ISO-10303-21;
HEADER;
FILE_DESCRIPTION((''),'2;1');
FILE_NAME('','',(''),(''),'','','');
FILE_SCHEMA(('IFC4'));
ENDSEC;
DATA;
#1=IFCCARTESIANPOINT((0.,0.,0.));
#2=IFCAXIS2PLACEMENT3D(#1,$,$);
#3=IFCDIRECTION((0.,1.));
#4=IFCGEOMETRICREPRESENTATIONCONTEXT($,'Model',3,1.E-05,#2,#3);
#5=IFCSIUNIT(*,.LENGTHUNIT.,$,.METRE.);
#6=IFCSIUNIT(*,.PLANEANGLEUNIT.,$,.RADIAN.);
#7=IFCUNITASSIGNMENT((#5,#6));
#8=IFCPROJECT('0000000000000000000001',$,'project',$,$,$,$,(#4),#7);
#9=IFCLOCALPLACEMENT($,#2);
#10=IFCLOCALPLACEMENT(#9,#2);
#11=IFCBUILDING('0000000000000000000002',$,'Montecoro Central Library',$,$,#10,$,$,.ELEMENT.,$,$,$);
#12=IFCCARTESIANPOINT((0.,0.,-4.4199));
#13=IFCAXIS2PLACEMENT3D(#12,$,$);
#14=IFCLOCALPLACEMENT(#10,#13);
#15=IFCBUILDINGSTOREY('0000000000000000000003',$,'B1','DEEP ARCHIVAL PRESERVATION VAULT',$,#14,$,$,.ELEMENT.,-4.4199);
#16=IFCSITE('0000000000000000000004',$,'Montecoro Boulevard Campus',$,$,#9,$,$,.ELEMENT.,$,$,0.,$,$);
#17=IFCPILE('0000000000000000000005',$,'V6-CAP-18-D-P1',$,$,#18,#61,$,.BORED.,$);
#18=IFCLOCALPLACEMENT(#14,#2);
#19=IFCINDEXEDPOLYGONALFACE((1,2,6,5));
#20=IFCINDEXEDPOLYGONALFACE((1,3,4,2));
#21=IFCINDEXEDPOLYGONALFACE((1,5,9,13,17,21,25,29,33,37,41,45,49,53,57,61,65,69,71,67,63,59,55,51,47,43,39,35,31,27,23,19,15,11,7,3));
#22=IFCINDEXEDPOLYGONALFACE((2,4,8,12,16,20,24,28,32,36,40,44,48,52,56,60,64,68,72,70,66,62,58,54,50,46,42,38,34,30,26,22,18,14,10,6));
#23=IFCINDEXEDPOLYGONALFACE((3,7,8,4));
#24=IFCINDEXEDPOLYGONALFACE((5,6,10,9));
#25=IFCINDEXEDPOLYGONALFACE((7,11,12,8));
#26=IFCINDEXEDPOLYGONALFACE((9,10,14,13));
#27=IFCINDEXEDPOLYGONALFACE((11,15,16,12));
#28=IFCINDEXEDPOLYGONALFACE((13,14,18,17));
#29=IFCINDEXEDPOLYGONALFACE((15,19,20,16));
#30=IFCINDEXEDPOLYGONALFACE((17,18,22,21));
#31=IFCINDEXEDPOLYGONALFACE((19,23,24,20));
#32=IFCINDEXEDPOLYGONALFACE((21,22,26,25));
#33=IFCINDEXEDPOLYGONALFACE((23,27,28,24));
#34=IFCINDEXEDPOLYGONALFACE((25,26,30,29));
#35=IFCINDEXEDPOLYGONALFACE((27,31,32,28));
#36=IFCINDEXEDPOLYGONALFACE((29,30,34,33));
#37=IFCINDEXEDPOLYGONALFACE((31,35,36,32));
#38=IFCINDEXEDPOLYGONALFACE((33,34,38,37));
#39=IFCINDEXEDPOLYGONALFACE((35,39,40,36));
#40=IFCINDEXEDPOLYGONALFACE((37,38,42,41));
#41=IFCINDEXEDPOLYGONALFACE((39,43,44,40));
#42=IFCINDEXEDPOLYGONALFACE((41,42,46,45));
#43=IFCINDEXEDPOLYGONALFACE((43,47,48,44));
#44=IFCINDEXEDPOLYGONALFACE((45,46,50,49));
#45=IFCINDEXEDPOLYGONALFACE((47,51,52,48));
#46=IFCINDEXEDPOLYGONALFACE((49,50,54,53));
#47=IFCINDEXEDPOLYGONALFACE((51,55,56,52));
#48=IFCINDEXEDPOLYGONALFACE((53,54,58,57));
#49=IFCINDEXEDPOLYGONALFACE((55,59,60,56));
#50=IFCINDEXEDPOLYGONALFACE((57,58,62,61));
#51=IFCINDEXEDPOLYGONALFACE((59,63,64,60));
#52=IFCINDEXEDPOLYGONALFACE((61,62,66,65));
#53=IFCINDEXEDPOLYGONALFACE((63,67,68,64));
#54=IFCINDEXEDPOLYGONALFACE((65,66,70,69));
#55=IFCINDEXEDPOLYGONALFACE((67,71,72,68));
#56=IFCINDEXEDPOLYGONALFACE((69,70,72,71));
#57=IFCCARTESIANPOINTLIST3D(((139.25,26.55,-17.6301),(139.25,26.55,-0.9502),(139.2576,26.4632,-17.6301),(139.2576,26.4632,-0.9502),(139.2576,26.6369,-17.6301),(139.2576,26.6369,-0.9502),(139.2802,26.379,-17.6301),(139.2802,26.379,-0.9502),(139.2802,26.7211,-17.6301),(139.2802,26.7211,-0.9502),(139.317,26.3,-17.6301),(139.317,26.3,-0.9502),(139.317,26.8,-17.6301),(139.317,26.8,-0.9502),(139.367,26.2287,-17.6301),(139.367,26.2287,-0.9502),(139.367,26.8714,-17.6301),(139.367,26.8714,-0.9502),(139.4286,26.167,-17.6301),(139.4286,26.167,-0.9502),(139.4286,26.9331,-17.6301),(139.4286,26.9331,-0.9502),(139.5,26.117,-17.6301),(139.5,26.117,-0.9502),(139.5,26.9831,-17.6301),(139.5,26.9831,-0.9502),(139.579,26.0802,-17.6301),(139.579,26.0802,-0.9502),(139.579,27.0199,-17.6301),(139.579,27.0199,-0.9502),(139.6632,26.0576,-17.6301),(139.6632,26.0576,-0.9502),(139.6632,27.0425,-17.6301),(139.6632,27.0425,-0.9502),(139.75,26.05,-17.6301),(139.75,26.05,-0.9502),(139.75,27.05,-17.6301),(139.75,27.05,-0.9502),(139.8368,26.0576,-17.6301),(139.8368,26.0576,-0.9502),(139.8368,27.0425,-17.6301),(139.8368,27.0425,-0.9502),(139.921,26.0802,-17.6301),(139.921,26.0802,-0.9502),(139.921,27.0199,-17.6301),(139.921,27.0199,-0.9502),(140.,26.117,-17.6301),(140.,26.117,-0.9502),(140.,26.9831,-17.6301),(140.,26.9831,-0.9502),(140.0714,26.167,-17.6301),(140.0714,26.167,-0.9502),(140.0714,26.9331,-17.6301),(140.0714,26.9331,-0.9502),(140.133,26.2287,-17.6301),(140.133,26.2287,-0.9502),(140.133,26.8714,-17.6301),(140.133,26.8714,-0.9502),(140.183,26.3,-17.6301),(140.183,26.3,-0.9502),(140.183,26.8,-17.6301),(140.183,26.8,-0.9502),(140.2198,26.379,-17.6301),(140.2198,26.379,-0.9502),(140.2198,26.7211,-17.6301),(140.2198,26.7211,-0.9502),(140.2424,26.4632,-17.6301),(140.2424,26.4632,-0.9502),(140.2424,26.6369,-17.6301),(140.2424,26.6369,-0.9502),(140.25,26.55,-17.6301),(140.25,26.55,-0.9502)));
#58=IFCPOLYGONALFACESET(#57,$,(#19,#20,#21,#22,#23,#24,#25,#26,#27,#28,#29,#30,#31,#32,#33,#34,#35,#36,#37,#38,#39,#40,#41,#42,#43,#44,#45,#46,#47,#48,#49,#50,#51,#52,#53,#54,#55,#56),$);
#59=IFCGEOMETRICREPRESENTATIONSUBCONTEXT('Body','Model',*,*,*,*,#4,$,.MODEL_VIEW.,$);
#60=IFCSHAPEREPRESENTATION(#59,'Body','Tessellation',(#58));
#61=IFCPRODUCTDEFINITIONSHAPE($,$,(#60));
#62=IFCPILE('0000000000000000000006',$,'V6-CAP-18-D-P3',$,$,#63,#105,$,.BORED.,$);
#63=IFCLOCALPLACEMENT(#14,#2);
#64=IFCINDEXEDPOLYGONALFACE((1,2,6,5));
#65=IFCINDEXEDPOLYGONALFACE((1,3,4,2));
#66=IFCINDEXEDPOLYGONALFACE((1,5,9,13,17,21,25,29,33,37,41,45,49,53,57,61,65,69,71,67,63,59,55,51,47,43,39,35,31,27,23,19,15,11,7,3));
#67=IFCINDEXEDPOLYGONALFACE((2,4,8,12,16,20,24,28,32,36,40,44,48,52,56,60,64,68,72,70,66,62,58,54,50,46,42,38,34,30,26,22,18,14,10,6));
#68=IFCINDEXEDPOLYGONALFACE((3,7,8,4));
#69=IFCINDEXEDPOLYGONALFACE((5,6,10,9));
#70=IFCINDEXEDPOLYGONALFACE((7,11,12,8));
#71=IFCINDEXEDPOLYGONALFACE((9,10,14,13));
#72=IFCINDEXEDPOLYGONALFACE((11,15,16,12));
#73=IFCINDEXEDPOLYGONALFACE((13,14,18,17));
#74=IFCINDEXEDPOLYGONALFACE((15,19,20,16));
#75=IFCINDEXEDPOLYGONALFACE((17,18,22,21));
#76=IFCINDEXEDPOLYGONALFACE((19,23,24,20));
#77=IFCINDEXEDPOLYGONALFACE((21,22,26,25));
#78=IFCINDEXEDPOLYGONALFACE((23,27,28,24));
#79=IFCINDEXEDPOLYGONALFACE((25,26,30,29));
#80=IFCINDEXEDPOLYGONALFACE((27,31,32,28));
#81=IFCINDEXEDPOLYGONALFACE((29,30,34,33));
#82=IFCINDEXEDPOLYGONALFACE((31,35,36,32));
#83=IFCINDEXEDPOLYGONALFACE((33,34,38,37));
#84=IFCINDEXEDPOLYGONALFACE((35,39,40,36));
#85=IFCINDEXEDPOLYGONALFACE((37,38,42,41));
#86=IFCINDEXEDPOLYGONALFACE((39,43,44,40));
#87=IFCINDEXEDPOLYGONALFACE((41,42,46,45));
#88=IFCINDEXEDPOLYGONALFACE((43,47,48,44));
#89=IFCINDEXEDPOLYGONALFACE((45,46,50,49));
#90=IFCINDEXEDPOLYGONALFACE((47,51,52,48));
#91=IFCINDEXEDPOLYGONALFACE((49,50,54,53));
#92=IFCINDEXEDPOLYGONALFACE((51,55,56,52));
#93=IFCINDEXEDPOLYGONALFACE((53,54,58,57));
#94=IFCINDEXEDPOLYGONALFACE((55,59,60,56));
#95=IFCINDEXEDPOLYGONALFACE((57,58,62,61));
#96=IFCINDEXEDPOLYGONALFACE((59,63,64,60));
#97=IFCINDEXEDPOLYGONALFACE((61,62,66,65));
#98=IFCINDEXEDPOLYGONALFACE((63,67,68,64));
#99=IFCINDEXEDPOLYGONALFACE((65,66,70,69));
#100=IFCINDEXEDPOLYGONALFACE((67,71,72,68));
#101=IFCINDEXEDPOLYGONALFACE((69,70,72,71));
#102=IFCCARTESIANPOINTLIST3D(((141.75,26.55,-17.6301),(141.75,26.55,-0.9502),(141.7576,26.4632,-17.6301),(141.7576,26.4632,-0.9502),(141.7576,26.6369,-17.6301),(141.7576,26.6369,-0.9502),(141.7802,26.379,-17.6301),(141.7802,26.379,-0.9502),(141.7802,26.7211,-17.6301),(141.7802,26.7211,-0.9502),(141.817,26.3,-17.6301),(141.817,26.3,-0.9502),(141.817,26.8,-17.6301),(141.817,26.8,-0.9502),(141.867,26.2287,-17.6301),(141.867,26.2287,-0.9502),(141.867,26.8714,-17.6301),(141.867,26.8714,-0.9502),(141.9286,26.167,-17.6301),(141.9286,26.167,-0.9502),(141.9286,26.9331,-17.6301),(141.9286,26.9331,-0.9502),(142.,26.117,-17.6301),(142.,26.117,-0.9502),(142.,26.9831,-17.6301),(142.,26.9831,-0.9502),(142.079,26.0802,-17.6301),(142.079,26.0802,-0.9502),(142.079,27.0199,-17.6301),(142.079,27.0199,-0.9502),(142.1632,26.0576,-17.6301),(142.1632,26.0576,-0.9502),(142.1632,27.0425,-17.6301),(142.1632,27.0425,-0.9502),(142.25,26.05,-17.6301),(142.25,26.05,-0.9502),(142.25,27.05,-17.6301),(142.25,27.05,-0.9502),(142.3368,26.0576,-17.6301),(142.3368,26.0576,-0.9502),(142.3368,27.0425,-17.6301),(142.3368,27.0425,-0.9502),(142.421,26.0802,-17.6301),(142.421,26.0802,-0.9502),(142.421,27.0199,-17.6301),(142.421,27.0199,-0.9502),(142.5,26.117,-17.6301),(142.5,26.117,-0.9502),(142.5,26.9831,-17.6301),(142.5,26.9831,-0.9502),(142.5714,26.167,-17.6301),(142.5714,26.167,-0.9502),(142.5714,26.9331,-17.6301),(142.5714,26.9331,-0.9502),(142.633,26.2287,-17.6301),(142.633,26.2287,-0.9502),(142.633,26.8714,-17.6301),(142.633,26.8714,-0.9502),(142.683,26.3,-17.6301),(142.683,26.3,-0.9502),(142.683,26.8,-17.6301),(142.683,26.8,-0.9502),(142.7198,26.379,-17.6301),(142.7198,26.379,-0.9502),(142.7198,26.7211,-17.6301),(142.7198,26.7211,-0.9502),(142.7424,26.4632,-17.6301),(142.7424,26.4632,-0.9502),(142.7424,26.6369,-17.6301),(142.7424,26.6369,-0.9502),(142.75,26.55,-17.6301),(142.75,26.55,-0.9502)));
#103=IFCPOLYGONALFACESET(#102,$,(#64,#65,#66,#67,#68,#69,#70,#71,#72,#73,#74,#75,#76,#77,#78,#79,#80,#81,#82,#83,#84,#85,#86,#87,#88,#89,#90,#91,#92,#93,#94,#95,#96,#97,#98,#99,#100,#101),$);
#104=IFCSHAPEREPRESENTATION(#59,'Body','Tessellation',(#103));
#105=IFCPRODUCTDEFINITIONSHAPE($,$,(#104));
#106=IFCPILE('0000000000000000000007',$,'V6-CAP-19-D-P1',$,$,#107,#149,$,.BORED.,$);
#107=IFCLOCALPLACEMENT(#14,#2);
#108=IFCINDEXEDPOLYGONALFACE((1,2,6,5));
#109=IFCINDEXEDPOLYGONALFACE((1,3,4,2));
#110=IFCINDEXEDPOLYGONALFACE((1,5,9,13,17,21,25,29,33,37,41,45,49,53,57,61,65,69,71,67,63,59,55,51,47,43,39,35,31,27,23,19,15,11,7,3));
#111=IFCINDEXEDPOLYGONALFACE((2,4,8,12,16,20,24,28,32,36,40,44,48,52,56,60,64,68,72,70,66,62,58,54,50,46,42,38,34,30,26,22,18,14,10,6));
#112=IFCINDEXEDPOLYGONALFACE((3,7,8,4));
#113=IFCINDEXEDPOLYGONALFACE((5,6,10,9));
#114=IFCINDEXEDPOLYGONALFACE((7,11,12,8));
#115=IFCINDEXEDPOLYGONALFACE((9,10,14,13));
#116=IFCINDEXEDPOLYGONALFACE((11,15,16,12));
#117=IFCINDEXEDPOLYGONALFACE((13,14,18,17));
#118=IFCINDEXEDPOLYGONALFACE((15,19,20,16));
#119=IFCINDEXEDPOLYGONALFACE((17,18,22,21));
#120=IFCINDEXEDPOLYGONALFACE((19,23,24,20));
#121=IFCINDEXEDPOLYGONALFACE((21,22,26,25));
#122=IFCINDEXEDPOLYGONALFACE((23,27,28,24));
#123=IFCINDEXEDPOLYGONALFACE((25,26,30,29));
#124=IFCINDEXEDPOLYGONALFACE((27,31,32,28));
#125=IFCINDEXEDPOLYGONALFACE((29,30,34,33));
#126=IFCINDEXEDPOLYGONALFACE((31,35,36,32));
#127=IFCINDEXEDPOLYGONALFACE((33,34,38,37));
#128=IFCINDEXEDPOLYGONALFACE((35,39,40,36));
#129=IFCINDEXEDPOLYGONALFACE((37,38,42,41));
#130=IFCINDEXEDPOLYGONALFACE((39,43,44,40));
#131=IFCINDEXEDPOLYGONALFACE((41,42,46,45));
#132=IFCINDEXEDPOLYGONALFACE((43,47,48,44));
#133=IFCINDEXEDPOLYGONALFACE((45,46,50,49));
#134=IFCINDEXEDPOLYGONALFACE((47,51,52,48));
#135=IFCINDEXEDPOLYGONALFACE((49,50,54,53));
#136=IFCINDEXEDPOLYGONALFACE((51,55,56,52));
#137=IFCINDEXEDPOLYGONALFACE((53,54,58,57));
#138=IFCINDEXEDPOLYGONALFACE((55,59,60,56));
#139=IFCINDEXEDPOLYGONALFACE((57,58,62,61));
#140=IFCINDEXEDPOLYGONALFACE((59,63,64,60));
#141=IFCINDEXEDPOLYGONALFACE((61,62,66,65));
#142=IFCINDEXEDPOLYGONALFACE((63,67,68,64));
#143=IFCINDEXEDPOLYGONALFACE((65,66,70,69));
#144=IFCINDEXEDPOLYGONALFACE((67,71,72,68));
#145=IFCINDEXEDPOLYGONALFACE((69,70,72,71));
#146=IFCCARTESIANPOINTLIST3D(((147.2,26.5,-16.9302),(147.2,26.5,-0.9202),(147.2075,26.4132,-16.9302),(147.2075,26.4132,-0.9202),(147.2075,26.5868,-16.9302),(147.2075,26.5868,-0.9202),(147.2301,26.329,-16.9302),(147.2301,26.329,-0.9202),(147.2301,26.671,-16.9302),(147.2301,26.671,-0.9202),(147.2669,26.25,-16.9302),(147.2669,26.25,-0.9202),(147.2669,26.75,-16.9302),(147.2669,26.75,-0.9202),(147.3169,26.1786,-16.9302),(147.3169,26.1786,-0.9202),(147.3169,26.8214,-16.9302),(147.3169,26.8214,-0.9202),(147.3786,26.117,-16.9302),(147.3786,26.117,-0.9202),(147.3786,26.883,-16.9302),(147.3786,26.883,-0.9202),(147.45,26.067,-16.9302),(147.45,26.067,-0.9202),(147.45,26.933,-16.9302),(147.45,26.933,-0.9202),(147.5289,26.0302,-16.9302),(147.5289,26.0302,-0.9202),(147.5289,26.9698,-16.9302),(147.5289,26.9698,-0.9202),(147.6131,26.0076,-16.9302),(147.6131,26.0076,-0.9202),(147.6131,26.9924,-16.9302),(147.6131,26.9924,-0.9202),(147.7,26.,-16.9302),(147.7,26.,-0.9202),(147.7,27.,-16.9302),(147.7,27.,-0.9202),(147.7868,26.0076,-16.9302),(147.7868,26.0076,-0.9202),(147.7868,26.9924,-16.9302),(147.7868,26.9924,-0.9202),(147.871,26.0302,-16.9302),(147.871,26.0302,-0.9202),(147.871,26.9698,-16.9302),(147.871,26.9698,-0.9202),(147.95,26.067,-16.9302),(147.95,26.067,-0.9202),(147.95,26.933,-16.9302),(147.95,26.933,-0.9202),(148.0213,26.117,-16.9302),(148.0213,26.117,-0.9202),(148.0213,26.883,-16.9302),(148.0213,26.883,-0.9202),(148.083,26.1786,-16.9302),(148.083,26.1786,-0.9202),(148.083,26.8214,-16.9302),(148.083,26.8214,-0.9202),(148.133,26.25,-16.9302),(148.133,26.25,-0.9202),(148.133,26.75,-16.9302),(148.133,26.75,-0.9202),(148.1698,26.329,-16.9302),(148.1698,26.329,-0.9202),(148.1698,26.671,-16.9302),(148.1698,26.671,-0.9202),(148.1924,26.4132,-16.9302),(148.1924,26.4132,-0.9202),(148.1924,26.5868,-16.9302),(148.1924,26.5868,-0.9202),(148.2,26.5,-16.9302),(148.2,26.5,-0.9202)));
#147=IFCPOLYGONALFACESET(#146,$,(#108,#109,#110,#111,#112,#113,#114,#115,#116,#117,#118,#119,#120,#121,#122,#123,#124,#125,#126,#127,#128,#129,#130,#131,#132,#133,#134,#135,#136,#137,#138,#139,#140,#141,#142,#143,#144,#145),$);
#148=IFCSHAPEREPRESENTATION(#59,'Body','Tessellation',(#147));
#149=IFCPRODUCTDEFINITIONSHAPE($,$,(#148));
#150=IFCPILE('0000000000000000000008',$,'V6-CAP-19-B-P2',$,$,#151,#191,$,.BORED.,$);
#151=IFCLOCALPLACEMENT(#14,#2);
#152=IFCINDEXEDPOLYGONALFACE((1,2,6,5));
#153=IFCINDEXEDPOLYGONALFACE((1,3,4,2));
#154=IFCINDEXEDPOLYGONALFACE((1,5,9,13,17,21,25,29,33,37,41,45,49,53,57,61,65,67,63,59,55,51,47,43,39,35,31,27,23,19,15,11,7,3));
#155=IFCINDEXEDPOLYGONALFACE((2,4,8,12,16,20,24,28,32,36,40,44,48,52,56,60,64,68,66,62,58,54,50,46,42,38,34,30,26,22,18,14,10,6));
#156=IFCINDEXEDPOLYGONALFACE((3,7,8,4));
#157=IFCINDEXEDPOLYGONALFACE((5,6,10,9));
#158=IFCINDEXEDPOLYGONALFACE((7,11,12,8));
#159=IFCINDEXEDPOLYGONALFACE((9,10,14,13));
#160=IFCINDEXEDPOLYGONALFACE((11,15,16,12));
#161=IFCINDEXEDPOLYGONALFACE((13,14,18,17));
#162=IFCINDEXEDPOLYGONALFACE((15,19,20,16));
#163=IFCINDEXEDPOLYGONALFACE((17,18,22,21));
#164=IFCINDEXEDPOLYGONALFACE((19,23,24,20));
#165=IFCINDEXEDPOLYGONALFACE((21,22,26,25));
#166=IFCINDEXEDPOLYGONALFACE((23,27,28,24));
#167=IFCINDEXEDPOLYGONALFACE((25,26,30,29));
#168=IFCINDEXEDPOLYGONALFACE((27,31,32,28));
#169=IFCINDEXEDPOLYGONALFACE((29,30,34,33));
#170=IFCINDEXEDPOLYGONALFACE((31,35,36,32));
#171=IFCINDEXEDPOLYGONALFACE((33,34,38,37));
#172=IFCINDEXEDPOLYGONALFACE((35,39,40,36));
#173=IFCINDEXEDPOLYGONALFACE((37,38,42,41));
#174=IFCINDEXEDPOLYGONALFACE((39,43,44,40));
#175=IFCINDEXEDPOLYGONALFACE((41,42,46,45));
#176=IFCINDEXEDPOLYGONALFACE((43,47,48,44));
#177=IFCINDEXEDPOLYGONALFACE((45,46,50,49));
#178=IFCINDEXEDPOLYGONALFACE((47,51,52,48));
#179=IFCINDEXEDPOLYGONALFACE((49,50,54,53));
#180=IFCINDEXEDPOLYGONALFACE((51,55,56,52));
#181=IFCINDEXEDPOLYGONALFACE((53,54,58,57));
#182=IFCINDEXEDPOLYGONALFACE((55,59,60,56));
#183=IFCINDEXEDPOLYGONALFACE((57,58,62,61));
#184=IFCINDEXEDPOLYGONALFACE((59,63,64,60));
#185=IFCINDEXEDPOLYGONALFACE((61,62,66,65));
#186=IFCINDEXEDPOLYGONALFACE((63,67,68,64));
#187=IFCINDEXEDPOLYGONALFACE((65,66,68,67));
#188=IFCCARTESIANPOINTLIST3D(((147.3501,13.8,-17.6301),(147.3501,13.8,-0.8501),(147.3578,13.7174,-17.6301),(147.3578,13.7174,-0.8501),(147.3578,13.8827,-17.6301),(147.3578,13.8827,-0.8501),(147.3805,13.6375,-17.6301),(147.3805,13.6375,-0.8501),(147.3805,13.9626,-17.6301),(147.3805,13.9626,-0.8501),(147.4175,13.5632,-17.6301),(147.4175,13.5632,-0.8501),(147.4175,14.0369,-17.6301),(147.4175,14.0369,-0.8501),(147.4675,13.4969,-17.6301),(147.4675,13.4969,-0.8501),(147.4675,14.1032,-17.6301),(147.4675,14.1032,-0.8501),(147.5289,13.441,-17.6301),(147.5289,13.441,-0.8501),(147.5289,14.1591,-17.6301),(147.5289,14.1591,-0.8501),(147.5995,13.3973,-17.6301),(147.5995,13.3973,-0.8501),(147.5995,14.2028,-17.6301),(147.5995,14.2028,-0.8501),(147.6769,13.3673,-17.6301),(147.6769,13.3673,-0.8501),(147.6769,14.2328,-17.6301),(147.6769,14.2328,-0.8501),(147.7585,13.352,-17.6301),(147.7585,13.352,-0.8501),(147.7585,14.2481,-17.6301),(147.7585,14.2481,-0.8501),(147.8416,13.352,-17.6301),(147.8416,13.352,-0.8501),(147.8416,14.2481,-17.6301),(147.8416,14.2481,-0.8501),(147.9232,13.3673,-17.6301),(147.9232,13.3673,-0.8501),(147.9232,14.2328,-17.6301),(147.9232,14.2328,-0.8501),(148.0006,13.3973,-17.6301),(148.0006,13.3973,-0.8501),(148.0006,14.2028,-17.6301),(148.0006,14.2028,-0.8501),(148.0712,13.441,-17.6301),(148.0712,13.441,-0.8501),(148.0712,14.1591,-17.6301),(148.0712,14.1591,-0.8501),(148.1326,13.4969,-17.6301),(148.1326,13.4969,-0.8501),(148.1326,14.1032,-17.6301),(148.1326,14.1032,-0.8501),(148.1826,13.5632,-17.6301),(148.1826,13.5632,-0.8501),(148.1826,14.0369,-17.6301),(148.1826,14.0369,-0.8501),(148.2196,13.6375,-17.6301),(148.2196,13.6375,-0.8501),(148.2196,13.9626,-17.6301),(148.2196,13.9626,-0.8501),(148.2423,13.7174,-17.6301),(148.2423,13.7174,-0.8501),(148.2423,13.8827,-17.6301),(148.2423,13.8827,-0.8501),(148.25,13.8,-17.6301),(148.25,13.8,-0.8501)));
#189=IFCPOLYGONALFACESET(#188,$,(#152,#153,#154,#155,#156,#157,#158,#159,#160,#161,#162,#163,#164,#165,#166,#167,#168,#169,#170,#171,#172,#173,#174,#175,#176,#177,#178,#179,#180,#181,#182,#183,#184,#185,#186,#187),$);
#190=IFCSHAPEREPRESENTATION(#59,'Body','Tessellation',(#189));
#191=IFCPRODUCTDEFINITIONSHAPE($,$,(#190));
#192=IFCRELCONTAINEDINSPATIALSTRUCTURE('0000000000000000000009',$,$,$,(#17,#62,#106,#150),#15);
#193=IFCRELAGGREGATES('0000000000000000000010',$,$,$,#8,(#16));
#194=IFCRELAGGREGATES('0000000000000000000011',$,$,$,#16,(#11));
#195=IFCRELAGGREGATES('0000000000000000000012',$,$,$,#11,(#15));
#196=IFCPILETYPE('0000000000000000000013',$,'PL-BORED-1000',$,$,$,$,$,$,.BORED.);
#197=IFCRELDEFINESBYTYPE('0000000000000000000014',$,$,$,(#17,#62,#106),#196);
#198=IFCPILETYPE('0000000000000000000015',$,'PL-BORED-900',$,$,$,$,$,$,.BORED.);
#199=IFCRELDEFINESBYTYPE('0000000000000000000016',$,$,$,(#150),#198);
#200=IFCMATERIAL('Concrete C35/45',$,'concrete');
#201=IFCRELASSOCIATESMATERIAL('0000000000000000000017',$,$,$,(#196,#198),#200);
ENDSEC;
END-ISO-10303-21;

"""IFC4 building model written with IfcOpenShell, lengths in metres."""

from ifc_helpers import new_model, si_unit, direction, frame, origin, origin_2d, place, context, subcontext, project, spatial, circle, extrude, material, material_profile, profile_set, type_object, element, save


model = new_model("IFC4")

# Units and contexts
model_context = context("Model", 3, precision=1e-05, world=origin(), true_north=direction((0.0, 1.0)))
body_context = subcontext(model_context, "Body", "Model", "MODEL_VIEW")
ifc_project = project(units=[si_unit("LENGTHUNIT", "METRE"), si_unit("PLANEANGLEUNIT", "RADIAN")], contexts=[model_context])

# Site, building, storey
site_placement = place(None, origin())
site = spatial("IfcSite", under=ifc_project, at=site_placement, Name="Montecoro Boulevard Campus", CompositionType="ELEMENT", RefElevation=0.0)
building_placement = place(site_placement, origin())
building = spatial("IfcBuilding", under=site, at=building_placement, Name="Montecoro Central Library", CompositionType="ELEMENT")
storey_placement = place(building_placement, frame((0.0, 0.0, -4.4199)))
storey = spatial("IfcBuildingStorey", under=building, at=storey_placement, Name="B1", Description="DEEP ARCHIVAL PRESERVATION VAULT", CompositionType="ELEMENT", Elevation=-4.4199)

# Shared definitions
ifc_material_1 = material(Name="Concrete C35/45", Category="concrete")

# Piles
ifc_material_profile_1 = material_profile(ifc_material_1, circle(Radius=0.5, at=origin_2d()), Name="PILE D1000")
ifc_profile_set_1 = profile_set([ifc_material_profile_1], Name="Concrete C35/45")
pile_type_1 = type_object("IfcPileType", Name="PL-BORED-1000", PredefinedType="BORED", material=ifc_profile_set_1)
for number, where, z_axis, x_axis, name in (
    (1, (139.75, 26.55, -0.9502), (0.0, 0.0, -1.0), (1.0, 0.0, 0.0), "V6-CAP-18-D-P1"),
    (2, (142.25, 26.55, -0.9502), (0.0, 0.0, -1.0), (1.0, 0.0, 0.0), "V6-CAP-18-D-P3"),
):
    element("IfcPile", number, at=place(storey_placement, frame(where, z_axis=z_axis, x_axis=x_axis)), inside=storey, type_object=pile_type_1, Name=name, PredefinedType="BORED", context=body_context, shape_type="SweptSolid", body=[
        extrude(circle(Radius=0.5, at=origin_2d()), origin(), (0.0, 0.0, 1.0), 16.6799),
    ])
pile_1_placement = place(storey_placement, frame((147.7, 26.5, -0.9202), z_axis=(0.0, 0.0, -1.0), x_axis=(1.0, 0.0, 0.0)))
element("IfcPile", 3, at=pile_1_placement, inside=storey, type_object=pile_type_1, Name="V6-CAP-19-D-P1", PredefinedType="BORED", context=body_context, shape_type="SweptSolid", body=[
    extrude(circle(Radius=0.5, at=origin_2d()), origin(), (0.0, 0.0, 1.0), 16.01),
])
ifc_material_profile_2 = material_profile(ifc_material_1, circle(Radius=0.45, at=origin_2d()), Name="PILE D900")
ifc_profile_set_2 = profile_set([ifc_material_profile_2], Name="Concrete C35/45")
pile_type_2 = type_object("IfcPileType", Name="PL-BORED-900", PredefinedType="BORED", material=ifc_profile_set_2)
pile_2_placement = place(storey_placement, frame((147.8, 13.8, -0.8501), z_axis=(0.0, 0.0, -1.0), x_axis=(1.0, 0.0, 0.0)))
element("IfcPile", 4, at=pile_2_placement, inside=storey, type_object=pile_type_2, Name="V6-CAP-19-B-P2", PredefinedType="BORED", context=body_context, shape_type="SweptSolid", body=[
    extrude(circle(Radius=0.45, at=origin_2d()), origin(), (0.0, 0.0, 1.0), 16.78),
])

save(model, "model.ifc")
